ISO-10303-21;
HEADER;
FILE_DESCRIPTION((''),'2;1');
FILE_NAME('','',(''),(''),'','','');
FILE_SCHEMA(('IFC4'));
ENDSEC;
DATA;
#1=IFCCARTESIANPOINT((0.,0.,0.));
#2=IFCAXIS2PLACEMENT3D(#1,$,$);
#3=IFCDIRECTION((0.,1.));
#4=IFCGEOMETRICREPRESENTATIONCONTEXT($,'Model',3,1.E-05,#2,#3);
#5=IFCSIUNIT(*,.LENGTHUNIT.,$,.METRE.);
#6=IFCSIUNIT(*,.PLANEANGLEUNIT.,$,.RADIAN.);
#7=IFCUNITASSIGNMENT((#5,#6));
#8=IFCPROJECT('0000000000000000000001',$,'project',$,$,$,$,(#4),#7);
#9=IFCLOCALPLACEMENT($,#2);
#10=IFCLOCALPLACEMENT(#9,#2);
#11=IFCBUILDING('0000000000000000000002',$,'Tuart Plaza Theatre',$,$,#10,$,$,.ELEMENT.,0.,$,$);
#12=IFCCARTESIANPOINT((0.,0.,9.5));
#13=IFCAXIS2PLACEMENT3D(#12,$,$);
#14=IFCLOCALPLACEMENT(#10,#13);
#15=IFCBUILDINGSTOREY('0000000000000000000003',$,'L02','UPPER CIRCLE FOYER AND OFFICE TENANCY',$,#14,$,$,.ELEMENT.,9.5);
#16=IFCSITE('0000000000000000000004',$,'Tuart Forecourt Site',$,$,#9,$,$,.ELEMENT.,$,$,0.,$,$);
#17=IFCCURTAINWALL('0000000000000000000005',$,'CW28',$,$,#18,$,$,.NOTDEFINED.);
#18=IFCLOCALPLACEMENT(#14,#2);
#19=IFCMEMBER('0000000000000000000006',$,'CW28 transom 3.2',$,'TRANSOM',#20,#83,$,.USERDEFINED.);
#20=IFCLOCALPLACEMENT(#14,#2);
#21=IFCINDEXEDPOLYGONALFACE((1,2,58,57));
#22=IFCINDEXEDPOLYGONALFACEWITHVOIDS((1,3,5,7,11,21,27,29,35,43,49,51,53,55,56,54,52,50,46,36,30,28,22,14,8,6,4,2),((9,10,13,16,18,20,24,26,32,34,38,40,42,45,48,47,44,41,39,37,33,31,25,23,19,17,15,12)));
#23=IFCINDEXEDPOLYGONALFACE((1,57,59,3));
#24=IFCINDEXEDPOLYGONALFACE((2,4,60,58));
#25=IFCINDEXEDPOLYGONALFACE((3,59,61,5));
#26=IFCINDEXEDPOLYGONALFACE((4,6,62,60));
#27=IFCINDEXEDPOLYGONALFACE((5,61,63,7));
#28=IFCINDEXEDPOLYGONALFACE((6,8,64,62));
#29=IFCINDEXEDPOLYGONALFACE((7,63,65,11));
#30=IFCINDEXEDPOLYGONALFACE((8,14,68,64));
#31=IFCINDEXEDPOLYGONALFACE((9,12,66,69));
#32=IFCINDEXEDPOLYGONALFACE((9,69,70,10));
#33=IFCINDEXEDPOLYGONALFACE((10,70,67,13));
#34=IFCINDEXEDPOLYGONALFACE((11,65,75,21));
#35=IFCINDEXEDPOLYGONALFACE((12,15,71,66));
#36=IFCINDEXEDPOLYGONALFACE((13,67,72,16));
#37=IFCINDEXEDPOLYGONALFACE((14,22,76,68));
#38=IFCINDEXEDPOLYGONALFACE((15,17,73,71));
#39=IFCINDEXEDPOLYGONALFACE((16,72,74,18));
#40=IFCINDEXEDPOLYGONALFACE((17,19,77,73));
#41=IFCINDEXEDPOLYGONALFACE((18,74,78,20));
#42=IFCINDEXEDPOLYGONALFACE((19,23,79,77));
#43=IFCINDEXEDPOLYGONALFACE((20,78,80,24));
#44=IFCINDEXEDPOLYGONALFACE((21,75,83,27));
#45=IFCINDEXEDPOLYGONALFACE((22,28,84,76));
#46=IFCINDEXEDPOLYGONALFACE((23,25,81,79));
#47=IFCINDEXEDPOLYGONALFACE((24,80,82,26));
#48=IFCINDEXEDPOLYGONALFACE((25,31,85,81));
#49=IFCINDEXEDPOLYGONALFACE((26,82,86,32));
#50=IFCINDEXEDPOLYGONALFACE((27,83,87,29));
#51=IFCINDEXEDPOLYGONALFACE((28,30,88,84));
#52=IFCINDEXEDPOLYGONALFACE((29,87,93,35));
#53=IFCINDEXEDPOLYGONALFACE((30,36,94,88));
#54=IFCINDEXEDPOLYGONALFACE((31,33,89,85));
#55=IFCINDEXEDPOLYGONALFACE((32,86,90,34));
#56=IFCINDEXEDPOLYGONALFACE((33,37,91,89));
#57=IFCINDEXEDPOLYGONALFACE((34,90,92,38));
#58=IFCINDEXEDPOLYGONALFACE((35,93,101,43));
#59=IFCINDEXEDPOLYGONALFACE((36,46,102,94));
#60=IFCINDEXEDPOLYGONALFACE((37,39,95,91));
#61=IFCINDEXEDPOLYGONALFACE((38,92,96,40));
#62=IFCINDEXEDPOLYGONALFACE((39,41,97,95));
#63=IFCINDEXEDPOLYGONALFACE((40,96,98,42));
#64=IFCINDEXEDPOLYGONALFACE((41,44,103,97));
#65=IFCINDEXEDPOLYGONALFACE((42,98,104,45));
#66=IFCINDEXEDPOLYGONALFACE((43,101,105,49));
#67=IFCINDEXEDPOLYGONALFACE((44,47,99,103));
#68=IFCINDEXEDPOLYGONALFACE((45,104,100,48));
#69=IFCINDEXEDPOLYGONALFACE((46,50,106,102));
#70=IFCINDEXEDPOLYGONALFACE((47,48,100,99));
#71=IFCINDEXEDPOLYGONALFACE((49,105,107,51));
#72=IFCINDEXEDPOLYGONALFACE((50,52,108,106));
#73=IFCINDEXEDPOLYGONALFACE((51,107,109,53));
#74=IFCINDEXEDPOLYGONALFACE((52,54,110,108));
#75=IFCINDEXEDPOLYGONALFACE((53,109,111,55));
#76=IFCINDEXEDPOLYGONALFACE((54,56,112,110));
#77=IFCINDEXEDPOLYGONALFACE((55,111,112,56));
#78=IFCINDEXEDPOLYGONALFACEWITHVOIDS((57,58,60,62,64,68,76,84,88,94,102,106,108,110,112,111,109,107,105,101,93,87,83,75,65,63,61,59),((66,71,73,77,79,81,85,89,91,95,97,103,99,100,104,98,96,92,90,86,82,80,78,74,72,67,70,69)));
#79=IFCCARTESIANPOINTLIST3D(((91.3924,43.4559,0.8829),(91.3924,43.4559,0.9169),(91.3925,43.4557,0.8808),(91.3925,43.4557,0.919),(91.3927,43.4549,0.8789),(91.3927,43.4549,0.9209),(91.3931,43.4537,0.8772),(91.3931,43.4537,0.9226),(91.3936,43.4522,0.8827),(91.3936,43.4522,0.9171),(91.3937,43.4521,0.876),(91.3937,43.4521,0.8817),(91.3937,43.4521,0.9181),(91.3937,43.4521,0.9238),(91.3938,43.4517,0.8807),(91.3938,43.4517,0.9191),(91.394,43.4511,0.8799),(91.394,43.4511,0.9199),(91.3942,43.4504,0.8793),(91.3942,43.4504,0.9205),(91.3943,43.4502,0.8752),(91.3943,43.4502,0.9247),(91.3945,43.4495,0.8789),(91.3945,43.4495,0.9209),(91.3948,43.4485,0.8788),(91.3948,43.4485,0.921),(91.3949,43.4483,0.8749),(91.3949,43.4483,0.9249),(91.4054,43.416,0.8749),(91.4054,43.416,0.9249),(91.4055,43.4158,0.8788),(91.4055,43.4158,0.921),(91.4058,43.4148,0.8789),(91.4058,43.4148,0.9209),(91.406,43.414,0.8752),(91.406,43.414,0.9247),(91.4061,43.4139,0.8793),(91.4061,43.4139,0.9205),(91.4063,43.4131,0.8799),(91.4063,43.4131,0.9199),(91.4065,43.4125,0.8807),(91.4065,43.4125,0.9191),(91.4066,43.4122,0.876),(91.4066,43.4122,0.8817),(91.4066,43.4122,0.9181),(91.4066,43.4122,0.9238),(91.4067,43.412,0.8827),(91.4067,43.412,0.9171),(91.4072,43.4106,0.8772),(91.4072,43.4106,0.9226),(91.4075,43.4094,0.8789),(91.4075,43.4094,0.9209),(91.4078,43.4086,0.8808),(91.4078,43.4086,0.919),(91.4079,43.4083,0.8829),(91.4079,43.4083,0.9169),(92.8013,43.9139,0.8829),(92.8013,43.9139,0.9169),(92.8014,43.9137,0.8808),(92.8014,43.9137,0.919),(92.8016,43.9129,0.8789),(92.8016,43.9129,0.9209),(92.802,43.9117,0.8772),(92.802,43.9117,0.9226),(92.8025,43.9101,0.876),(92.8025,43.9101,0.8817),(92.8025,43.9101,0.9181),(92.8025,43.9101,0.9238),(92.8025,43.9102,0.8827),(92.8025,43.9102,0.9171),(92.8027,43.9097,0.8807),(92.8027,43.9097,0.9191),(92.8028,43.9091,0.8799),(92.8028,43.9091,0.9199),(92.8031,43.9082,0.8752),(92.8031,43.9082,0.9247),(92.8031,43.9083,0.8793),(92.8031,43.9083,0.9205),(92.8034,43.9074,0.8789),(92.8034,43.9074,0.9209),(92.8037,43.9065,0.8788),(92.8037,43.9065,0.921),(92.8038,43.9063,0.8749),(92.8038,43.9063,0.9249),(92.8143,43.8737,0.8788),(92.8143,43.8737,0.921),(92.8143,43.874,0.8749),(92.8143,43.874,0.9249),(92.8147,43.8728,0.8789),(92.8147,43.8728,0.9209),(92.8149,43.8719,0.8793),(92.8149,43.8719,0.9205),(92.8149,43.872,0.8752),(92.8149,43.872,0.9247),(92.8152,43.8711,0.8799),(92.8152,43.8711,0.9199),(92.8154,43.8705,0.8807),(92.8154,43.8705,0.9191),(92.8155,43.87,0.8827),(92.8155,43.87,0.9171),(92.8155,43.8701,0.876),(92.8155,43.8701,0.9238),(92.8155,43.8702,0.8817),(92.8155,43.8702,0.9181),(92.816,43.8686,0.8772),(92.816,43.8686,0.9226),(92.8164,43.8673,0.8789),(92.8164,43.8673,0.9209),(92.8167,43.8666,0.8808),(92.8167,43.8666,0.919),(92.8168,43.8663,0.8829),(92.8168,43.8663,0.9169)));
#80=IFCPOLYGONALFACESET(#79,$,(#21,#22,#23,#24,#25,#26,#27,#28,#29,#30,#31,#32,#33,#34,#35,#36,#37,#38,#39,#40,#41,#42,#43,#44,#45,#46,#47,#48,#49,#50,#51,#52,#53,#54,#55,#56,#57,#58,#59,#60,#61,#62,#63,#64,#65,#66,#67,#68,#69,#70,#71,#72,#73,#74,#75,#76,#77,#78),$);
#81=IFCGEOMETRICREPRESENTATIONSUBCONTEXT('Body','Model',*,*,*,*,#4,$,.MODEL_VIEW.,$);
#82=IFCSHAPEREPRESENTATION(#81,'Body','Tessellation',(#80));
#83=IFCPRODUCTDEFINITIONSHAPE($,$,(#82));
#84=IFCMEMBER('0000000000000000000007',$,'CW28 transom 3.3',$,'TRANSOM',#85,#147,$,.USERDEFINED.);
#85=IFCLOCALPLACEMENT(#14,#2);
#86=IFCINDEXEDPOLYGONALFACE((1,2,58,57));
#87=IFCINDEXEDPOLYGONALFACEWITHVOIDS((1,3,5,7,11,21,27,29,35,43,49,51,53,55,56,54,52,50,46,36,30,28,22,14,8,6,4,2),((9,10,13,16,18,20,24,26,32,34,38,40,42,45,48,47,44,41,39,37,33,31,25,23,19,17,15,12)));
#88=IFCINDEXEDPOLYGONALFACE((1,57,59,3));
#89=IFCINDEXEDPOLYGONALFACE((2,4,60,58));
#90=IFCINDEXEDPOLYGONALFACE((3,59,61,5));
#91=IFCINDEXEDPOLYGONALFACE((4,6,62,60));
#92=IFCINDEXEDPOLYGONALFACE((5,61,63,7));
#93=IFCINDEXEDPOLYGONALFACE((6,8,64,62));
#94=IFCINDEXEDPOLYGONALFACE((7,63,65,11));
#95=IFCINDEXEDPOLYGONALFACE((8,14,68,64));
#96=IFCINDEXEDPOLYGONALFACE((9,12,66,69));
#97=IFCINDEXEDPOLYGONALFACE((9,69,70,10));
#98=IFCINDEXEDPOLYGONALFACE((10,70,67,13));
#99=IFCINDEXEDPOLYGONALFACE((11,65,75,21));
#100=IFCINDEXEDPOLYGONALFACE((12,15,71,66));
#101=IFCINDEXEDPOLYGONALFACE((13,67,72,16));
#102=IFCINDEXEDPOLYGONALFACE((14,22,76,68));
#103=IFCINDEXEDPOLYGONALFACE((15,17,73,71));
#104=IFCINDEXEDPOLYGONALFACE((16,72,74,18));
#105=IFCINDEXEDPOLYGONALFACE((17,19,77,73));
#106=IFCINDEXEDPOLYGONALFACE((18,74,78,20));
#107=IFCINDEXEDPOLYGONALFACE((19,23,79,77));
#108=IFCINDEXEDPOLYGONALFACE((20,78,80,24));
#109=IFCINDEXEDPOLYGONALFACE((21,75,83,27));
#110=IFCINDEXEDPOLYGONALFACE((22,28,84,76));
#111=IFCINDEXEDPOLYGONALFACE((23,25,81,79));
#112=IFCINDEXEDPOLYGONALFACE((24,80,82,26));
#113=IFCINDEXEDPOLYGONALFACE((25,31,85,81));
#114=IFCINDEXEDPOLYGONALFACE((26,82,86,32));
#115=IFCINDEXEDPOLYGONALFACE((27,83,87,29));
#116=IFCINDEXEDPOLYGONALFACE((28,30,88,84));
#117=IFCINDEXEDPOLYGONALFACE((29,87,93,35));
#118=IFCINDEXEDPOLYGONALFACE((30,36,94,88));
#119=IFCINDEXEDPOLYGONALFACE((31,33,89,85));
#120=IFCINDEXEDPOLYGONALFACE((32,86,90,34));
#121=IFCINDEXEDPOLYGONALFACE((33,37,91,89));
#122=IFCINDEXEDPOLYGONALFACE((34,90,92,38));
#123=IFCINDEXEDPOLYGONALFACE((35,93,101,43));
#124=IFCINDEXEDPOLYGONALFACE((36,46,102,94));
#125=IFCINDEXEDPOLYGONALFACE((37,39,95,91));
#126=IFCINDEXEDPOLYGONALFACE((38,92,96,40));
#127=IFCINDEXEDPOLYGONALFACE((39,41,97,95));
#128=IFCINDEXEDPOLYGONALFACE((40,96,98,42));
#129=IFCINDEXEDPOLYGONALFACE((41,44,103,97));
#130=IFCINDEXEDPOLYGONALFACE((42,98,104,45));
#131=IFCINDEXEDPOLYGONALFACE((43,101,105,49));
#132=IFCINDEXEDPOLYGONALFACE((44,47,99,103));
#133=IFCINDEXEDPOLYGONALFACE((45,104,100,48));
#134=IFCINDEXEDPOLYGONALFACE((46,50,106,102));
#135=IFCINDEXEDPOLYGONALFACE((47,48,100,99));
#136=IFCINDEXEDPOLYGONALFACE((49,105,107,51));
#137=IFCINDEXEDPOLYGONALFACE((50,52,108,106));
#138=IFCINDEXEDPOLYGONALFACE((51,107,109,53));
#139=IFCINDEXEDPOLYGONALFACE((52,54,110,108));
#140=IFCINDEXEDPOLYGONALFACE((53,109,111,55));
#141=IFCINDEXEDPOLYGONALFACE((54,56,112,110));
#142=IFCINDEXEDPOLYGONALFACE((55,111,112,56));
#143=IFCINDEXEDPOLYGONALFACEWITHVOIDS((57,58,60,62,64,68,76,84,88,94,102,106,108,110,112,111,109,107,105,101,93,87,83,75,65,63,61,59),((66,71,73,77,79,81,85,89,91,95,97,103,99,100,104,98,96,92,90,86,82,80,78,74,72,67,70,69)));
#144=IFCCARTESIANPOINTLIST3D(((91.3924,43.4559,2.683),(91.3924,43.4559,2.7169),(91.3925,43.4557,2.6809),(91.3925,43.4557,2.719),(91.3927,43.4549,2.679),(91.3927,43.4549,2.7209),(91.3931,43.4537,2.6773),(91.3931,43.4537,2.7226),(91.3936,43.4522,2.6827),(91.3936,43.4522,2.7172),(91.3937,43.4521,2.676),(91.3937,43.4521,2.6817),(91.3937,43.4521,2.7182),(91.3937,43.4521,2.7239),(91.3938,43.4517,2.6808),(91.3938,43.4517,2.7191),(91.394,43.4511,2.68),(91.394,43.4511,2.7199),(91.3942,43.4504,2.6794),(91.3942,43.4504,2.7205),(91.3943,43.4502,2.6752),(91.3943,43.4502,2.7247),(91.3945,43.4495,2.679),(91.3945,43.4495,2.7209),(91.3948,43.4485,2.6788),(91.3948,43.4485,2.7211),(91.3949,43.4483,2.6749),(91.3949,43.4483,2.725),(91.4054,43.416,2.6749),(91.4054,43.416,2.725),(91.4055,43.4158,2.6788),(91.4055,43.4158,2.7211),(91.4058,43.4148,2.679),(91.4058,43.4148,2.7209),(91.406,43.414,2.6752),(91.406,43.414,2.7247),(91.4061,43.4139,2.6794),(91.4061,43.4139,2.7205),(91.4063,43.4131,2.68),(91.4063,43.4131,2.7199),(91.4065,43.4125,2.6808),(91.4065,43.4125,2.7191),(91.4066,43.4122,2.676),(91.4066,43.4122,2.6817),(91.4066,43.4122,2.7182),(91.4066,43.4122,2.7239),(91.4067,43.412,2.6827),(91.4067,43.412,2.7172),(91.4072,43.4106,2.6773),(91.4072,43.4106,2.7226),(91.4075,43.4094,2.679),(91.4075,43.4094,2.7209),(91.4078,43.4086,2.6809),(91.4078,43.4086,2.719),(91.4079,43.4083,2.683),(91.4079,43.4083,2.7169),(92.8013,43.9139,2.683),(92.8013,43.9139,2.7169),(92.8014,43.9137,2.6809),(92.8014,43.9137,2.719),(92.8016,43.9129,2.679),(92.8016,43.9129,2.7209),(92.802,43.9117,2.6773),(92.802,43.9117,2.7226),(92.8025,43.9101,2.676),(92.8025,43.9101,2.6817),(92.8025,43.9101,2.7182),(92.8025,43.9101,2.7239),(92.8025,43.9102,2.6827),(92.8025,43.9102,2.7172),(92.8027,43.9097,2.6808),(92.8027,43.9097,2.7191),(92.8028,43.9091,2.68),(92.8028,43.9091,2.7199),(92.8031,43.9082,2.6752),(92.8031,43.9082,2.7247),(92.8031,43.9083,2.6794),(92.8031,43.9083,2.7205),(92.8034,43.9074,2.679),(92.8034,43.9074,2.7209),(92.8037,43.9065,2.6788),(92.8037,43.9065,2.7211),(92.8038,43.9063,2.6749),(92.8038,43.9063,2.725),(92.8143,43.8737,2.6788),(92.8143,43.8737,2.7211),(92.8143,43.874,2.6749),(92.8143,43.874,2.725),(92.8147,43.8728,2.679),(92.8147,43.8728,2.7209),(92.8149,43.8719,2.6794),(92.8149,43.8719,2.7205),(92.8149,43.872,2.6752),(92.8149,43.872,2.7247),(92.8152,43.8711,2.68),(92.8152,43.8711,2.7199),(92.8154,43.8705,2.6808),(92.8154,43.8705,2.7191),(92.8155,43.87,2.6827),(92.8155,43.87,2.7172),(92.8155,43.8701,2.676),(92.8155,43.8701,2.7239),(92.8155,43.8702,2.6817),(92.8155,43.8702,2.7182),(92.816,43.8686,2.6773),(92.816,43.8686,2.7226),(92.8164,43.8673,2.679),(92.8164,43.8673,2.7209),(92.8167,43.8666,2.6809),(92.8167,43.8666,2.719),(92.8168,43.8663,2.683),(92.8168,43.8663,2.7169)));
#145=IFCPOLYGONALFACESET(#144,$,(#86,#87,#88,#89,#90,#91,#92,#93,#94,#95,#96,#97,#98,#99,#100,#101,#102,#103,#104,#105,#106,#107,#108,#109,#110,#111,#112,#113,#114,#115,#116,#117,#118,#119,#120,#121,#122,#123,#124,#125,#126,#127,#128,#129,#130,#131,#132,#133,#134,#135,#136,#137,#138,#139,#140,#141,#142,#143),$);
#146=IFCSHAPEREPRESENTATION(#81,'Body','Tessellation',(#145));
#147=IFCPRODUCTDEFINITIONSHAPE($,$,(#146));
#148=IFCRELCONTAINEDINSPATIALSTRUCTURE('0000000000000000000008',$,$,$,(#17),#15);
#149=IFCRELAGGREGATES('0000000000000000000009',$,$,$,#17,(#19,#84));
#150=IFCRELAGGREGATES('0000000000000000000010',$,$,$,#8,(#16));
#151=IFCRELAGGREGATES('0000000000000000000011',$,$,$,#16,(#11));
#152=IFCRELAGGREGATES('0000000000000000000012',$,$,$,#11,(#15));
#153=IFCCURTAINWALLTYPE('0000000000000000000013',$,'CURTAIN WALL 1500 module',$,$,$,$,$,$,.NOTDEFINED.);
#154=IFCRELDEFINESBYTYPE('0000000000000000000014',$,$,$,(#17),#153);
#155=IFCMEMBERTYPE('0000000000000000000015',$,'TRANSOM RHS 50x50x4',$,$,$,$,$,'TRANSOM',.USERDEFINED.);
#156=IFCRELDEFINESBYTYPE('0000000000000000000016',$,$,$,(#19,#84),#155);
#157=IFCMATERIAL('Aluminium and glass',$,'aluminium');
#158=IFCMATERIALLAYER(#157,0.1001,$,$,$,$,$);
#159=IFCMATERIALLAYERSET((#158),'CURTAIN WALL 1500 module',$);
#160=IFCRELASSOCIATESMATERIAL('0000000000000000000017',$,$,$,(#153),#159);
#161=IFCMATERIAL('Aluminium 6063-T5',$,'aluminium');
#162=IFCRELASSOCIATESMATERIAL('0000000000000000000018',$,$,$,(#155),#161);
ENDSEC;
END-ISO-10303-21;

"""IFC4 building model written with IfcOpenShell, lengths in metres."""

from ifc_helpers import new_model, si_unit, direction, frame, origin, origin_2d, place, context, subcontext, project, spatial, hollow_rectangle, extrude, material, layer, layer_set, material_profile, profile_set, type_object, element, aggregate, save


model = new_model("IFC4")

# Units and contexts
model_context = context("Model", 3, precision=1e-05, world=origin(), true_north=direction((0.0, 1.0)))
body_context = subcontext(model_context, "Body", "Model", "MODEL_VIEW")
ifc_project = project(units=[si_unit("LENGTHUNIT", "METRE"), si_unit("PLANEANGLEUNIT", "RADIAN")], contexts=[model_context])

# Site, building, storey
site_placement = place(None, origin())
site = spatial("IfcSite", under=ifc_project, at=site_placement, Name="Tuart Forecourt Site", CompositionType="ELEMENT", RefElevation=0.0)
building_placement = place(site_placement, origin())
building = spatial("IfcBuilding", under=site, at=building_placement, Name="Tuart Plaza Theatre", CompositionType="ELEMENT", ElevationOfRefHeight=0.0)
storey_placement = place(building_placement, frame((0.0, 0.0, 9.5)))
storey = spatial("IfcBuildingStorey", under=building, at=storey_placement, Name="L02", Description="UPPER CIRCLE FOYER AND OFFICE TENANCY", CompositionType="ELEMENT", Elevation=9.5)

# Curtain wall, members
ifc_material_1 = material(Name="Aluminium and glass", Category="aluminium")
ifc_layer_1 = layer(ifc_material_1, 0.1001)
ifc_layer_set_1 = layer_set([ifc_layer_1], Name="CURTAIN WALL 1500 module")
curtain_wall_type = type_object("IfcCurtainWallType", Name="CURTAIN WALL 1500 module", PredefinedType="NOTDEFINED", material=ifc_layer_set_1)
curtain_wall_placement = place(storey_placement, origin())
curtain_wall = element("IfcCurtainWall", 1, at=curtain_wall_placement, inside=storey, type_object=curtain_wall_type, Name="CW28", PredefinedType="NOTDEFINED")
ifc_material_2 = material(Name="Aluminium 6063-T5", Category="aluminium")
ifc_material_profile_1 = material_profile(ifc_material_2, hollow_rectangle(XDim=0.05, YDim=0.05, WallThickness=0.0039, InnerFilletRadius=0.0039, OuterFilletRadius=0.0081, at=origin_2d()), Name="RHS 50x50x4")
ifc_profile_set_1 = profile_set([ifc_material_profile_1], Name="Aluminium 6063-T5")
member_type_1 = type_object("IfcMemberType", Name="TRANSOM RHS 50x50x4", ElementType="TRANSOM", PredefinedType="USERDEFINED", material=ifc_profile_set_1)
member_1_placement = place(storey_placement, frame((91.4001, 43.4321, 0.8999), z_axis=(0.951013, 0.309149, 0.0), x_axis=(-0.309149, 0.951013, 0.0)))
member_1 = element("IfcMember", 2, at=member_1_placement, type_object=member_type_1, Name="CW28 transom 3.2", ObjectType="TRANSOM", PredefinedType="USERDEFINED", context=body_context, shape_type="SweptSolid", body=[
    extrude(hollow_rectangle(XDim=0.05, YDim=0.05, WallThickness=0.0039, InnerFilletRadius=0.0039, OuterFilletRadius=0.0081, at=origin_2d()), origin(), (0.0, 0.0, 1.0), 1.4814),
])
member_2_placement = place(storey_placement, frame((91.4001, 43.4321, 2.7), z_axis=(0.951013, 0.309149, 0.0), x_axis=(-0.309149, 0.951013, 0.0)))
member_2 = element("IfcMember", 3, at=member_2_placement, type_object=member_type_1, Name="CW28 transom 3.3", ObjectType="TRANSOM", PredefinedType="USERDEFINED", context=body_context, shape_type="SweptSolid", body=[
    extrude(hollow_rectangle(XDim=0.05, YDim=0.05, WallThickness=0.0039, InnerFilletRadius=0.0039, OuterFilletRadius=0.0081, at=origin_2d()), origin(), (0.0, 0.0, 1.0), 1.4814),
])
aggregate(curtain_wall, [member_1, member_2])

save(model, "model.ifc")
